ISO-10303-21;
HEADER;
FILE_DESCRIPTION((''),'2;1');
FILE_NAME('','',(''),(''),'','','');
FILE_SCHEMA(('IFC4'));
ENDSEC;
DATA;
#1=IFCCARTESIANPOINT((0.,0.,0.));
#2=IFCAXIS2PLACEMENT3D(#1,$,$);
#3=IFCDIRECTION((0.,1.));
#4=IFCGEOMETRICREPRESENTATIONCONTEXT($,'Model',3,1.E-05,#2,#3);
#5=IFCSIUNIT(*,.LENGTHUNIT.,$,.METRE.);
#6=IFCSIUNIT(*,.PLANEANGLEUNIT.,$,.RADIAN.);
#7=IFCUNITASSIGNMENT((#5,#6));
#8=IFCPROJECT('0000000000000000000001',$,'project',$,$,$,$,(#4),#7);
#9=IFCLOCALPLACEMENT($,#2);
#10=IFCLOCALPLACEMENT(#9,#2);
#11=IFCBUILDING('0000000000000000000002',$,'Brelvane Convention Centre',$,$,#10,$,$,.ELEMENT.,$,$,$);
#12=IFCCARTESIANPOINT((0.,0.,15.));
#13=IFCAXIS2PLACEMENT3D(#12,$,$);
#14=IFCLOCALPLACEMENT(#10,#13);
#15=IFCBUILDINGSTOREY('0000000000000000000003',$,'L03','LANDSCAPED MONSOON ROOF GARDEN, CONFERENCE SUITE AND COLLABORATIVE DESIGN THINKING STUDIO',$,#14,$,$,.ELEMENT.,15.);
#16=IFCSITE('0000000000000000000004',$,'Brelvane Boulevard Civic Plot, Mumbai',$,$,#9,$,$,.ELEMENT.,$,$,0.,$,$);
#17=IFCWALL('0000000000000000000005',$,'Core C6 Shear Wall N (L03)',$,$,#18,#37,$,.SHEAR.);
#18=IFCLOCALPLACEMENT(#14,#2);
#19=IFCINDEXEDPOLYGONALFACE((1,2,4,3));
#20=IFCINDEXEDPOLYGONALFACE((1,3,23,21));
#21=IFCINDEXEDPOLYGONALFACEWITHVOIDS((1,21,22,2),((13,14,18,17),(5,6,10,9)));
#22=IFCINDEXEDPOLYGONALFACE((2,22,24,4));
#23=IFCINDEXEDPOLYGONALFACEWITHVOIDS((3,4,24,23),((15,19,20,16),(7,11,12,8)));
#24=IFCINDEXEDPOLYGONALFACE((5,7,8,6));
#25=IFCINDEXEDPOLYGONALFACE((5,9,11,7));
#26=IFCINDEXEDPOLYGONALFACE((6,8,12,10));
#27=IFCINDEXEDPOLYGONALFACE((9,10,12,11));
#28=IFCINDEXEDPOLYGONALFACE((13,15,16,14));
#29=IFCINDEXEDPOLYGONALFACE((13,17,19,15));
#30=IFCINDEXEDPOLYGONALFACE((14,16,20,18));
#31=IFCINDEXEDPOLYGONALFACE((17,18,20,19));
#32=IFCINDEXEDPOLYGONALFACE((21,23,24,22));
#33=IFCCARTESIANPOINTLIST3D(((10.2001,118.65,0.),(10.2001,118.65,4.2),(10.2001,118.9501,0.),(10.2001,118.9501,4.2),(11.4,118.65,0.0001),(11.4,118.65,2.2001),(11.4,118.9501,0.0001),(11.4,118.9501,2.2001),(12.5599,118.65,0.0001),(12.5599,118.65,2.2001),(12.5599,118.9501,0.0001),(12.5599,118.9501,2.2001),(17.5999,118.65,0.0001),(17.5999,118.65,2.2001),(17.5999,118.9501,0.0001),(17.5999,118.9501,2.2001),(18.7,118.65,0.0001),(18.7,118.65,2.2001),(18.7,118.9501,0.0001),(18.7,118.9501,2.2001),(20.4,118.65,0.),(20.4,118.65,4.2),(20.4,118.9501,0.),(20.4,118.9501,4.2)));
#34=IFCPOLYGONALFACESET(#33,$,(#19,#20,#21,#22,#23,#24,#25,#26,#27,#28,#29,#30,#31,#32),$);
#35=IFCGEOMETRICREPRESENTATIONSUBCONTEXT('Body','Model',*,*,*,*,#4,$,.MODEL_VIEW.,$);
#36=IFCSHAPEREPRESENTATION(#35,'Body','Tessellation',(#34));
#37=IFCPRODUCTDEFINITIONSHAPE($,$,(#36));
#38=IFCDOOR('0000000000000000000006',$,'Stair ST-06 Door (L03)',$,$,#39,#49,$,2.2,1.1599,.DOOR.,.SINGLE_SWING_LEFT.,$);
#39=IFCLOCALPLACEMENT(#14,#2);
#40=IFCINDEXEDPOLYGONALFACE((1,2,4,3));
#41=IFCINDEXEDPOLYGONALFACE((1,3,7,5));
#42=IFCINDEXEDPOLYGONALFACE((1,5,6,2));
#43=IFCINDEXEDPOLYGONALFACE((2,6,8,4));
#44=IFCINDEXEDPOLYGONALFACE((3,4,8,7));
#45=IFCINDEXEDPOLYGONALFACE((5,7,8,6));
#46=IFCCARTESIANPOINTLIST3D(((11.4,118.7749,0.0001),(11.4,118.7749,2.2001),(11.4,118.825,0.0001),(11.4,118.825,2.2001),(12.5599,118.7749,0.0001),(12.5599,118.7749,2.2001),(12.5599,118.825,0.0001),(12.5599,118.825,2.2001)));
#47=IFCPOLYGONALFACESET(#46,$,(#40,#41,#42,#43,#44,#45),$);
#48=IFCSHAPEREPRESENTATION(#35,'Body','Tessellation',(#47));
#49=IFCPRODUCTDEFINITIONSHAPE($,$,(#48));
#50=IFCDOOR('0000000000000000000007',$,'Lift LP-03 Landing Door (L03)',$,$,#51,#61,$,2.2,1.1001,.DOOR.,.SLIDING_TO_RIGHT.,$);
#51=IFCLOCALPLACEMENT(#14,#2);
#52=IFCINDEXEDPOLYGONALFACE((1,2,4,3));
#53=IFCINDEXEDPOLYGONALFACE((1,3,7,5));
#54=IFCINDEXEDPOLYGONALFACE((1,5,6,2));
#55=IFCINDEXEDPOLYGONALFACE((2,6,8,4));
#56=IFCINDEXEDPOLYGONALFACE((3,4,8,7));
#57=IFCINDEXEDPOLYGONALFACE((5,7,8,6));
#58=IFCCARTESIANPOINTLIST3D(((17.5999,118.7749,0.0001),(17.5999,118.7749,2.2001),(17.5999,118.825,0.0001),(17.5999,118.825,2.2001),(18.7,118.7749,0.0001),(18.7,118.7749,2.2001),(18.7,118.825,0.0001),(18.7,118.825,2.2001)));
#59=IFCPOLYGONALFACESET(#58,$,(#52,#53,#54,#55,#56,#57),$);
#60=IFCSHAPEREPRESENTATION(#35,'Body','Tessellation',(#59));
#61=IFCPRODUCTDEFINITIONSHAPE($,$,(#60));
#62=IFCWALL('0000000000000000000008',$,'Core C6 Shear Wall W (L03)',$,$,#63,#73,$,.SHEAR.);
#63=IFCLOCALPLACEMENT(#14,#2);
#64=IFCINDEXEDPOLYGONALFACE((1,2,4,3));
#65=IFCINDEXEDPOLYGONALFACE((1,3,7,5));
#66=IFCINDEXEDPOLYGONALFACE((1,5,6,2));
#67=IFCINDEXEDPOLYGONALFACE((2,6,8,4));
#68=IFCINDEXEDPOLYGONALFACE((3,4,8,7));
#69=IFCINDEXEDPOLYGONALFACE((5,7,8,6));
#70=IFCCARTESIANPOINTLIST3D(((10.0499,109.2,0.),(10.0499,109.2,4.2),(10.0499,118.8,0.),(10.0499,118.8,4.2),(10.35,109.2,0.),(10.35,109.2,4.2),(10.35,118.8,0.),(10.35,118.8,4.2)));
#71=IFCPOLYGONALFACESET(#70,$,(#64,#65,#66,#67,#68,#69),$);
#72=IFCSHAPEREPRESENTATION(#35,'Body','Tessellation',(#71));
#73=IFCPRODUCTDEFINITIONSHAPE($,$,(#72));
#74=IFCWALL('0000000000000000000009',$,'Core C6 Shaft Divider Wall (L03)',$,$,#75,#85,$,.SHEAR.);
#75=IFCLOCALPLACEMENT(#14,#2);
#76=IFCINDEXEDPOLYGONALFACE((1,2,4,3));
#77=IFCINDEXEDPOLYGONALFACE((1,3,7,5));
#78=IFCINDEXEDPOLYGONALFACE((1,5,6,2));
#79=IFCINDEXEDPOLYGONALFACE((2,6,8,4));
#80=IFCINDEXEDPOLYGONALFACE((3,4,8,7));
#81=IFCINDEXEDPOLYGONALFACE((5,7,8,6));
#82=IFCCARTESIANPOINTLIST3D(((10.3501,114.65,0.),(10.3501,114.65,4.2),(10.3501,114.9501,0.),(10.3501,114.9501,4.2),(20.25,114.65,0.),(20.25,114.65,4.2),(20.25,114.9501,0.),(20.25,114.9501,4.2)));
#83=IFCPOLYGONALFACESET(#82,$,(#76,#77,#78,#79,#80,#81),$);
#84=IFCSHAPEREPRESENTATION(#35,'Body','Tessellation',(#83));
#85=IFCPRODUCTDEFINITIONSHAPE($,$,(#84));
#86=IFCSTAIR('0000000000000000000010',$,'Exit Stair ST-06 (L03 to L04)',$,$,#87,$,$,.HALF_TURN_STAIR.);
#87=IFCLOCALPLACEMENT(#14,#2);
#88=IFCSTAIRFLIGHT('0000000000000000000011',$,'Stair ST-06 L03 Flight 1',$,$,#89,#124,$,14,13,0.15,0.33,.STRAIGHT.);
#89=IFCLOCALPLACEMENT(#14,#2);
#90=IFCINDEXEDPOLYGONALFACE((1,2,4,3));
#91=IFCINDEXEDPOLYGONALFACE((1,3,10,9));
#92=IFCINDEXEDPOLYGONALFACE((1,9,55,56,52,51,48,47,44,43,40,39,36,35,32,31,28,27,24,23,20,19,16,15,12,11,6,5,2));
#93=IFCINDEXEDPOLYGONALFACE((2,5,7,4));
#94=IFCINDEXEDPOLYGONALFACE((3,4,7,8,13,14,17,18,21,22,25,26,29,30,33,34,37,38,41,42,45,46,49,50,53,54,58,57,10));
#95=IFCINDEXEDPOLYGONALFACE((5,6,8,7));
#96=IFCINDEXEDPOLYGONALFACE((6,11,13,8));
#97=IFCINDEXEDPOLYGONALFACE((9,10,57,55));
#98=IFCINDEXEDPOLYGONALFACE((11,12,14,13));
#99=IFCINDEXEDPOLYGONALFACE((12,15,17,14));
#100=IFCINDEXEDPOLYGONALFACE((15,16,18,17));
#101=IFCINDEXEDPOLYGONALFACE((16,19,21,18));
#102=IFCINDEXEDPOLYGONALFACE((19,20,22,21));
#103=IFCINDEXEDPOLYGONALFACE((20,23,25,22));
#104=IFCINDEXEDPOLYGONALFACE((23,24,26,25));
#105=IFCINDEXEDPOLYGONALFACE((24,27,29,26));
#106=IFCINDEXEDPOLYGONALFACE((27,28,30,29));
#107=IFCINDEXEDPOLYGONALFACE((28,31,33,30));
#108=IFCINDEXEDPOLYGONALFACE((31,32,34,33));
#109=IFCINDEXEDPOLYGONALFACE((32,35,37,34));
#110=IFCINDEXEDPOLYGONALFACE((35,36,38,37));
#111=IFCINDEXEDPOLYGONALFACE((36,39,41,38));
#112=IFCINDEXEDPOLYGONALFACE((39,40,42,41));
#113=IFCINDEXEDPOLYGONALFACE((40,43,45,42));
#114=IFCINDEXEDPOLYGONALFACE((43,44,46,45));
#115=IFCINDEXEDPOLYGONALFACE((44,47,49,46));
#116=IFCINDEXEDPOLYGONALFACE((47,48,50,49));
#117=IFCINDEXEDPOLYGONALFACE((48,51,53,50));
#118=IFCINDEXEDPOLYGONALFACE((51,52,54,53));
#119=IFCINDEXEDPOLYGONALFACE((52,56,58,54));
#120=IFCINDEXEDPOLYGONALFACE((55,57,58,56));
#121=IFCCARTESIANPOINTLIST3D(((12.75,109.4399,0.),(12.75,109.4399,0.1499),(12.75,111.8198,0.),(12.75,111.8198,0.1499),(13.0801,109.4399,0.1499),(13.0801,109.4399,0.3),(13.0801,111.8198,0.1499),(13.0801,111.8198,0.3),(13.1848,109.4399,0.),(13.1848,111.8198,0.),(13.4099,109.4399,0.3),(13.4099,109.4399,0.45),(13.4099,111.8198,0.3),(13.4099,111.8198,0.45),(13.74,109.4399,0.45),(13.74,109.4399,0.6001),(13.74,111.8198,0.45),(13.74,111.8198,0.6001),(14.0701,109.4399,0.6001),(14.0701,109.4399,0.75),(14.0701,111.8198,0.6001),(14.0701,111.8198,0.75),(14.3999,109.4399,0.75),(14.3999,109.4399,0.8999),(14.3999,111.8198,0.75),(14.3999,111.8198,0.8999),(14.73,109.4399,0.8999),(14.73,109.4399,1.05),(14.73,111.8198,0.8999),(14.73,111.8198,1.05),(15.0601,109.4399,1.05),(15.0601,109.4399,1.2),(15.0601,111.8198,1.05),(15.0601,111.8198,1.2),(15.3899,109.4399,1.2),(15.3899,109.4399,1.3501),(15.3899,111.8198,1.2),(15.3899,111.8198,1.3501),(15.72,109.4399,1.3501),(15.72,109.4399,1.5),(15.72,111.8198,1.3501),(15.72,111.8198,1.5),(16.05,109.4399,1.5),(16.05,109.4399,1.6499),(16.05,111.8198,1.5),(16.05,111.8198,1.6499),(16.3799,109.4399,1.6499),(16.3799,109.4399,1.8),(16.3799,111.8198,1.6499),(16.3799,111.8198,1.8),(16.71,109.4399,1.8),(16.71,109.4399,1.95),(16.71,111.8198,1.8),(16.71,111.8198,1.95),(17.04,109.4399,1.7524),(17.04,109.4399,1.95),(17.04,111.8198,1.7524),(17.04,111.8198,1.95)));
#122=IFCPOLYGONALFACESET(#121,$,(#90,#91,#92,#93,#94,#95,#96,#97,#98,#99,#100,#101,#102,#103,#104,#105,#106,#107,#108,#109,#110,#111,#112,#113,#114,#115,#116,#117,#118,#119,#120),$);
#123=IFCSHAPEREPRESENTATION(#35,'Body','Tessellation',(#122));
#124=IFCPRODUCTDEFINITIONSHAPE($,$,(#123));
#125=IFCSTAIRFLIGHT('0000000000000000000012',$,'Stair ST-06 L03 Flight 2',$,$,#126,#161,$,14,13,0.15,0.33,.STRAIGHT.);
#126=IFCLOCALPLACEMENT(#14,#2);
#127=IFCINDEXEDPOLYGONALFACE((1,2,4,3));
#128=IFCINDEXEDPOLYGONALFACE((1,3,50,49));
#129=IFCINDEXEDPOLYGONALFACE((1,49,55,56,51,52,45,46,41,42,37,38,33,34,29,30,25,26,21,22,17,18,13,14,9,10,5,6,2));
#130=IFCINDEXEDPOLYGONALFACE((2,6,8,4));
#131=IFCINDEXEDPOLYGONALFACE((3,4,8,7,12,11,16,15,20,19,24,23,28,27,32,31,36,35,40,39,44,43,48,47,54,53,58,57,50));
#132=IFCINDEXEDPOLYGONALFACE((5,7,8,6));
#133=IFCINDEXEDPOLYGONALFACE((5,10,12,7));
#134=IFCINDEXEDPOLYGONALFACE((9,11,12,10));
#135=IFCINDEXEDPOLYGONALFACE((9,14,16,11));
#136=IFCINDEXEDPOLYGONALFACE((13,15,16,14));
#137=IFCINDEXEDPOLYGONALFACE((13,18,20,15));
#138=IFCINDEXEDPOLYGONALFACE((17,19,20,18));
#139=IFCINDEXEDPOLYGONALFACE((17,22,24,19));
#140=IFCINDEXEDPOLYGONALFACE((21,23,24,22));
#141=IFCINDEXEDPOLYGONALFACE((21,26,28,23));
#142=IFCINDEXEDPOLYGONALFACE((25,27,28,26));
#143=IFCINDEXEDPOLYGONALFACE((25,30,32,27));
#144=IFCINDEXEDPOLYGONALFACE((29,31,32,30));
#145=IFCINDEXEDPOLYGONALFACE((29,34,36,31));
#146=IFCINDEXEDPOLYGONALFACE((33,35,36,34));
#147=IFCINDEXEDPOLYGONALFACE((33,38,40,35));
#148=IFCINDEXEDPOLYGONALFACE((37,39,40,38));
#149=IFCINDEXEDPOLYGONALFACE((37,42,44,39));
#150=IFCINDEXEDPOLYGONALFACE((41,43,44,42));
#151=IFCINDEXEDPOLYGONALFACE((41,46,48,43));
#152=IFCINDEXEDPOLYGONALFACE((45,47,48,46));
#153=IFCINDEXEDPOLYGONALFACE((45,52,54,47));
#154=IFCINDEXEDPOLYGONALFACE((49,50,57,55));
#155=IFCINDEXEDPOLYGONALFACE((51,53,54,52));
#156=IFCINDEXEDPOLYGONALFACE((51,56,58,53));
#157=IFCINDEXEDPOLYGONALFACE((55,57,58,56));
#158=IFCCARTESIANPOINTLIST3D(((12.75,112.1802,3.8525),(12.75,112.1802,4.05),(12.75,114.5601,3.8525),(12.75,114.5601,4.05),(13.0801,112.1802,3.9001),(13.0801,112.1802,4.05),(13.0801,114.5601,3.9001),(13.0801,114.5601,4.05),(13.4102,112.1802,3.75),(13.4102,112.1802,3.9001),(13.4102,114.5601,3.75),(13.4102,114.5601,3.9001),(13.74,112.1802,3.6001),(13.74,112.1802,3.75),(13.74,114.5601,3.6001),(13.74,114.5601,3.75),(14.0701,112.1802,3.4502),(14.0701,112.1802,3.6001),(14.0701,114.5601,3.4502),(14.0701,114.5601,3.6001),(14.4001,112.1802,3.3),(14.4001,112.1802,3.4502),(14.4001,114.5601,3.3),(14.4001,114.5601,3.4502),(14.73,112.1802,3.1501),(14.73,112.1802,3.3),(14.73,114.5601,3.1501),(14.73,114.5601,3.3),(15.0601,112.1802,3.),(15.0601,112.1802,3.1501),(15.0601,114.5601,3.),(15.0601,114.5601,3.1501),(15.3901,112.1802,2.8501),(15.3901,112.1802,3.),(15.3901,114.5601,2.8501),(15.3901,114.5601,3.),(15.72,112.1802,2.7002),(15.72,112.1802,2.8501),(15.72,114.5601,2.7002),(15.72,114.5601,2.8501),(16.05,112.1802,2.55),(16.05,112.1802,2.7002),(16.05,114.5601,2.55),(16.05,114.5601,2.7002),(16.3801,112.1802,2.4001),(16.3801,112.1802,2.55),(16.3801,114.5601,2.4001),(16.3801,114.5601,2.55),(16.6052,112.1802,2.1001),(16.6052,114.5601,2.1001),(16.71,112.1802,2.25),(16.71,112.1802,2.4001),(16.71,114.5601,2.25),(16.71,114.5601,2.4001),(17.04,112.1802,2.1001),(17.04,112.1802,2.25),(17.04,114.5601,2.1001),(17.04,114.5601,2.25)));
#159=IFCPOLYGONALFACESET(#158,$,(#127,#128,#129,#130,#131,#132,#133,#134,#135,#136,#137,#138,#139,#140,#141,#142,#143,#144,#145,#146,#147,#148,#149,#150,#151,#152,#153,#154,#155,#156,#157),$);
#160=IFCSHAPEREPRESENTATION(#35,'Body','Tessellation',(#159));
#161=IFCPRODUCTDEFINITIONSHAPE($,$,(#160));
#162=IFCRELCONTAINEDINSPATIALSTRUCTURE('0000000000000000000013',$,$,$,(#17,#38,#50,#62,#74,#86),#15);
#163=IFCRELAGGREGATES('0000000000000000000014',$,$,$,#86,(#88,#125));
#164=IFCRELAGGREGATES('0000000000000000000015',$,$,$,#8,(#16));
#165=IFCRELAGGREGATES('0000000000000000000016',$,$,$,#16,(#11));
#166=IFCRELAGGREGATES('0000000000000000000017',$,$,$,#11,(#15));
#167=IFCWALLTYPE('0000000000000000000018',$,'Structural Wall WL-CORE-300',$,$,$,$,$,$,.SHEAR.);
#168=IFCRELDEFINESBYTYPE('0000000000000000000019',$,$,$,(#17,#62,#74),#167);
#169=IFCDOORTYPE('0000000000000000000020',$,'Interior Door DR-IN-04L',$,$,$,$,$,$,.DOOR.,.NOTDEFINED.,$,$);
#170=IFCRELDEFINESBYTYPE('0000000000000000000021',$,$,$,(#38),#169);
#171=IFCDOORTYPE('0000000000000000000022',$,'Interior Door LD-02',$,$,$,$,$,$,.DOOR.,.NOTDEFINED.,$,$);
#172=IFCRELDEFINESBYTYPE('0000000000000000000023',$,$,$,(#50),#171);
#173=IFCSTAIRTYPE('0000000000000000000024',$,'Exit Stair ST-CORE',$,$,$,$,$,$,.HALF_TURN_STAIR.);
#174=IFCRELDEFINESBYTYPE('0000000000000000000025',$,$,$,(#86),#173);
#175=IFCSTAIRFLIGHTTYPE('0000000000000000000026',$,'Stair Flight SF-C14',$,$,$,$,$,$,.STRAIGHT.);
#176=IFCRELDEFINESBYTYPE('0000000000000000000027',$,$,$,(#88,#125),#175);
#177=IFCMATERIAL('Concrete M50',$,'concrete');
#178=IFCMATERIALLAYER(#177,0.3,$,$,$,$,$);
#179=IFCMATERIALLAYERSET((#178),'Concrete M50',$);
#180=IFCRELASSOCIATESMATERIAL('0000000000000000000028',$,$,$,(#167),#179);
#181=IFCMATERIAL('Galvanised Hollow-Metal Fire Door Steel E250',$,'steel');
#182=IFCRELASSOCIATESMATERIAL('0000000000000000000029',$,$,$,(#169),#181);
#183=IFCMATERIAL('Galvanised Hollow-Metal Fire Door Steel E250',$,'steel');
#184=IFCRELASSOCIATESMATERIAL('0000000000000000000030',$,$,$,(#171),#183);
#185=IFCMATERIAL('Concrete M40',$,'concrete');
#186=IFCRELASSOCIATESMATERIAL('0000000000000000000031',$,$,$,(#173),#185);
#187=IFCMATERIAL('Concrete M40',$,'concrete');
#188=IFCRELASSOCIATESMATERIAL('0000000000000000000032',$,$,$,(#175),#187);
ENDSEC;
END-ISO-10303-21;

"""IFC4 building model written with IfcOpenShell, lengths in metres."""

from ifc_helpers import new_model, si_unit, direction, frame, frame_2d, origin, place, context, subcontext, project, spatial, polyline, rectangle, outline, extrude, material, layer, layer_set, type_object, element, fill, aggregate, save


model = new_model("IFC4")

# Units and contexts
model_context = context("Model", 3, precision=1e-05, world=origin(), true_north=direction((0.0, 1.0)))
body_context = subcontext(model_context, "Body", "Model", "MODEL_VIEW")
ifc_project = project(units=[si_unit("LENGTHUNIT", "METRE"), si_unit("PLANEANGLEUNIT", "RADIAN")], contexts=[model_context])

# Site, building, storey
site_placement = place(None, origin())
site = spatial("IfcSite", under=ifc_project, at=site_placement, Name="Brelvane Boulevard Civic Plot, Mumbai", CompositionType="ELEMENT", RefElevation=0.0)
building_placement = place(site_placement, origin())
building = spatial("IfcBuilding", under=site, at=building_placement, Name="Brelvane Convention Centre", CompositionType="ELEMENT")
storey_placement = place(building_placement, frame((0.0, 0.0, 15.0)))
storey = spatial("IfcBuildingStorey", under=building, at=storey_placement, Name="L03", Description="LANDSCAPED MONSOON ROOF GARDEN, CONFERENCE SUITE AND COLLABORATIVE DESIGN THINKING STUDIO", CompositionType="ELEMENT", Elevation=15.0)

# Shared definitions
ifc_material_1 = material(Name="Concrete M50", Category="concrete")
ifc_layer = layer(ifc_material_1, 0.3)
ifc_layer_set = layer_set([ifc_layer], Name="Concrete M50")
wall_type = type_object("IfcWallType", Name="Structural Wall WL-CORE-300", PredefinedType="SHEAR", material=ifc_layer_set)

# Wall, openings, doors
wall_1_placement = place(storey_placement, frame((10.2, 118.8, 0.0), z_axis=(0.0, 0.0, 1.0), x_axis=(1.0, 0.0, 0.0)))
wall_1 = element("IfcWall", 1, at=wall_1_placement, inside=storey, type_object=wall_type, Name="Core C6 Shear Wall N (L03)", PredefinedType="SHEAR", context=body_context, shape_type="SweptSolid", body=[
    extrude(rectangle(XDim=10.2, YDim=0.3, at=frame_2d((5.1001, 0.0))), origin(), (0.0, 0.0, 1.0), 4.2),
])
opening_1_placement = place(wall_1_placement, frame((1.2, 0.0, 0.0)))
opening_1 = element("IfcOpeningElement", 2, at=opening_1_placement, cuts=wall_1, PredefinedType="OPENING", context=body_context, shape_type="SweptSolid", body=[
    extrude(rectangle(XDim=1.1599, YDim=2.2, at=frame_2d((0.5801, 1.1001))), frame((0.0, 0.1599, 0.0), z_axis=(0.0, -1.0, 0.0), x_axis=(1.0, 0.0, 0.0)), (0.0, 0.0, 1.0), 0.3201),
])
opening_2_placement = place(wall_1_placement, frame((7.3999, 0.0, 0.0)))
opening_2 = element("IfcOpeningElement", 3, at=opening_2_placement, cuts=wall_1, PredefinedType="OPENING", context=body_context, shape_type="SweptSolid", body=[
    extrude(rectangle(XDim=1.1001, YDim=2.2, at=frame_2d((0.55, 1.1001))), frame((0.0, 0.1599, 0.0), z_axis=(0.0, -1.0, 0.0), x_axis=(1.0, 0.0, 0.0)), (0.0, 0.0, 1.0), 0.3201),
])
ifc_material_2 = material(Name="Galvanised Hollow-Metal Fire Door Steel E250", Category="steel")
door_type_1 = type_object("IfcDoorType", Name="Interior Door DR-IN-04L", OperationType="NOTDEFINED", PredefinedType="DOOR", material=ifc_material_2)
door_1_placement = place(opening_1_placement, origin())
door_1 = element("IfcDoor", 4, at=door_1_placement, inside=storey, type_object=door_type_1, Name="Stair ST-06 Door (L03)", OperationType="SINGLE_SWING_LEFT", OverallHeight=2.2, OverallWidth=1.1599, PredefinedType="DOOR", context=body_context, shape_type="SweptSolid", body=[
    extrude(rectangle(XDim=1.1599, YDim=2.2, at=frame_2d((0.5801, 1.1001))), frame((0.0, 0.0249, 0.0), z_axis=(0.0, -1.0, 0.0), x_axis=(1.0, 0.0, 0.0)), (0.0, 0.0, 1.0), 0.05),
])
fill(opening_1, door_1)
ifc_material_3 = material(Name="Galvanised Hollow-Metal Fire Door Steel E250", Category="steel")
door_type_2 = type_object("IfcDoorType", Name="Interior Door LD-02", OperationType="NOTDEFINED", PredefinedType="DOOR", material=ifc_material_3)
door_2_placement = place(opening_2_placement, origin())
door_2 = element("IfcDoor", 5, at=door_2_placement, inside=storey, type_object=door_type_2, Name="Lift LP-03 Landing Door (L03)", OperationType="SLIDING_TO_RIGHT", OverallHeight=2.2, OverallWidth=1.1001, PredefinedType="DOOR", context=body_context, shape_type="SweptSolid", body=[
    extrude(rectangle(XDim=1.1001, YDim=2.2, at=frame_2d((0.55, 1.1001))), frame((0.0, 0.0249, 0.0), z_axis=(0.0, -1.0, 0.0), x_axis=(1.0, 0.0, 0.0)), (0.0, 0.0, 1.0), 0.05),
])
fill(opening_2, door_2)

# Walls
wall_2_placement = place(storey_placement, frame((10.2, 109.2, 0.0), z_axis=(0.0, 0.0, 1.0), x_axis=(0.0, 1.0, 0.0)))
element("IfcWall", 6, at=wall_2_placement, inside=storey, type_object=wall_type, Name="Core C6 Shear Wall W (L03)", PredefinedType="SHEAR", context=body_context, shape_type="SweptSolid", body=[
    extrude(rectangle(XDim=9.6001, YDim=0.3, at=frame_2d((4.8, 0.0))), origin(), (0.0, 0.0, 1.0), 4.2),
])
wall_3_placement = place(storey_placement, frame((10.3501, 114.8, 0.0), z_axis=(0.0, 0.0, 1.0), x_axis=(1.0, 0.0, 0.0)))
element("IfcWall", 7, at=wall_3_placement, inside=storey, type_object=wall_type, Name="Core C6 Shaft Divider Wall (L03)", PredefinedType="SHEAR", context=body_context, shape_type="SweptSolid", body=[
    extrude(rectangle(XDim=9.8999, YDim=0.3, at=frame_2d((4.95, 0.0))), origin(), (0.0, 0.0, 1.0), 4.2),
])

# Stair, stair flights
ifc_material_4 = material(Name="Concrete M40", Category="concrete")
stair_type = type_object("IfcStairType", Name="Exit Stair ST-CORE", PredefinedType="HALF_TURN_STAIR", material=ifc_material_4)
stair_placement = place(storey_placement, origin())
stair = element("IfcStair", 8, at=stair_placement, inside=storey, type_object=stair_type, Name="Exit Stair ST-06 (L03 to L04)", PredefinedType="HALF_TURN_STAIR")
ifc_material_5 = material(Name="Concrete M40", Category="concrete")
stair_flight_type = type_object("IfcStairFlightType", Name="Stair Flight SF-C14", PredefinedType="STRAIGHT", material=ifc_material_5)
stair_flight_1_placement = place(storey_placement, frame((12.75, 110.6299, 0.0), z_axis=(0.0, 0.0, 1.0), x_axis=(1.0, 0.0, 0.0)))
stair_flight_1 = element("IfcStairFlight", 9, at=stair_flight_1_placement, type_object=stair_flight_type, Name="Stair ST-06 L03 Flight 1", NumberOfRisers=14, NumberOfTreads=13, PredefinedType="STRAIGHT", RiserHeight=0.15, TreadLength=0.33, context=body_context, shape_type="SweptSolid", body=[
    extrude(outline(polyline([(0.0, 0.0), (0.0, 0.1499), (0.3301, 0.1499), (0.3301, 0.3), (0.6599, 0.3), (0.6599, 0.45), (0.99, 0.45), (0.99, 0.6001), (1.3201, 0.6001), (1.3201, 0.75), (1.6499, 0.75), (1.6499, 0.8999), (1.98, 0.8999), (1.98, 1.05), (2.3101, 1.05), (2.3101, 1.2), (2.6399, 1.2), (2.6399, 1.3501), (2.97, 1.3501), (2.97, 1.5), (3.3, 1.5), (3.3, 1.6499), (3.6299, 1.6499), (3.6299, 1.8), (3.96, 1.8), (3.96, 1.95), (4.29, 1.95), (4.29, 2.1001), (4.29, 1.7524), (0.4348, 0.0), (0.0, 0.0)])), frame((0.0, 1.1899, 0.0), z_axis=(0.0, -1.0, 0.0), x_axis=(1.0, 0.0, 0.0)), (0.0, 0.0, 1.0), 2.3799),
])
stair_flight_2_placement = place(storey_placement, frame((17.04, 113.3701, 2.1001), z_axis=(0.0, 0.0, 1.0), x_axis=(-1.0, 0.0, 0.0)))
stair_flight_2 = element("IfcStairFlight", 10, at=stair_flight_2_placement, type_object=stair_flight_type, Name="Stair ST-06 L03 Flight 2", NumberOfRisers=14, NumberOfTreads=13, PredefinedType="STRAIGHT", RiserHeight=0.15, TreadLength=0.33, context=body_context, shape_type="SweptSolid", body=[
    extrude(outline(polyline([(0.0, 0.0), (0.0, 0.1499), (0.3301, 0.1499), (0.3301, 0.3), (0.6599, 0.3), (0.6599, 0.45), (0.99, 0.45), (0.99, 0.6001), (1.3201, 0.6001), (1.3201, 0.75), (1.6499, 0.75), (1.6499, 0.8999), (1.98, 0.8999), (1.98, 1.05), (2.3101, 1.05), (2.3101, 1.2), (2.6399, 1.2), (2.6399, 1.3501), (2.97, 1.3501), (2.97, 1.5), (3.3, 1.5), (3.3, 1.6499), (3.6299, 1.6499), (3.6299, 1.8), (3.96, 1.8), (3.96, 1.95), (4.29, 1.95), (4.29, 2.1001), (4.29, 1.7524), (0.4348, 0.0), (0.0, 0.0)])), frame((0.0, 1.1899, 0.0), z_axis=(0.0, -1.0, 0.0), x_axis=(1.0, 0.0, 0.0)), (0.0, 0.0, 1.0), 2.3799),
])
aggregate(stair, [stair_flight_1, stair_flight_2])

save(model, "model.ifc")
